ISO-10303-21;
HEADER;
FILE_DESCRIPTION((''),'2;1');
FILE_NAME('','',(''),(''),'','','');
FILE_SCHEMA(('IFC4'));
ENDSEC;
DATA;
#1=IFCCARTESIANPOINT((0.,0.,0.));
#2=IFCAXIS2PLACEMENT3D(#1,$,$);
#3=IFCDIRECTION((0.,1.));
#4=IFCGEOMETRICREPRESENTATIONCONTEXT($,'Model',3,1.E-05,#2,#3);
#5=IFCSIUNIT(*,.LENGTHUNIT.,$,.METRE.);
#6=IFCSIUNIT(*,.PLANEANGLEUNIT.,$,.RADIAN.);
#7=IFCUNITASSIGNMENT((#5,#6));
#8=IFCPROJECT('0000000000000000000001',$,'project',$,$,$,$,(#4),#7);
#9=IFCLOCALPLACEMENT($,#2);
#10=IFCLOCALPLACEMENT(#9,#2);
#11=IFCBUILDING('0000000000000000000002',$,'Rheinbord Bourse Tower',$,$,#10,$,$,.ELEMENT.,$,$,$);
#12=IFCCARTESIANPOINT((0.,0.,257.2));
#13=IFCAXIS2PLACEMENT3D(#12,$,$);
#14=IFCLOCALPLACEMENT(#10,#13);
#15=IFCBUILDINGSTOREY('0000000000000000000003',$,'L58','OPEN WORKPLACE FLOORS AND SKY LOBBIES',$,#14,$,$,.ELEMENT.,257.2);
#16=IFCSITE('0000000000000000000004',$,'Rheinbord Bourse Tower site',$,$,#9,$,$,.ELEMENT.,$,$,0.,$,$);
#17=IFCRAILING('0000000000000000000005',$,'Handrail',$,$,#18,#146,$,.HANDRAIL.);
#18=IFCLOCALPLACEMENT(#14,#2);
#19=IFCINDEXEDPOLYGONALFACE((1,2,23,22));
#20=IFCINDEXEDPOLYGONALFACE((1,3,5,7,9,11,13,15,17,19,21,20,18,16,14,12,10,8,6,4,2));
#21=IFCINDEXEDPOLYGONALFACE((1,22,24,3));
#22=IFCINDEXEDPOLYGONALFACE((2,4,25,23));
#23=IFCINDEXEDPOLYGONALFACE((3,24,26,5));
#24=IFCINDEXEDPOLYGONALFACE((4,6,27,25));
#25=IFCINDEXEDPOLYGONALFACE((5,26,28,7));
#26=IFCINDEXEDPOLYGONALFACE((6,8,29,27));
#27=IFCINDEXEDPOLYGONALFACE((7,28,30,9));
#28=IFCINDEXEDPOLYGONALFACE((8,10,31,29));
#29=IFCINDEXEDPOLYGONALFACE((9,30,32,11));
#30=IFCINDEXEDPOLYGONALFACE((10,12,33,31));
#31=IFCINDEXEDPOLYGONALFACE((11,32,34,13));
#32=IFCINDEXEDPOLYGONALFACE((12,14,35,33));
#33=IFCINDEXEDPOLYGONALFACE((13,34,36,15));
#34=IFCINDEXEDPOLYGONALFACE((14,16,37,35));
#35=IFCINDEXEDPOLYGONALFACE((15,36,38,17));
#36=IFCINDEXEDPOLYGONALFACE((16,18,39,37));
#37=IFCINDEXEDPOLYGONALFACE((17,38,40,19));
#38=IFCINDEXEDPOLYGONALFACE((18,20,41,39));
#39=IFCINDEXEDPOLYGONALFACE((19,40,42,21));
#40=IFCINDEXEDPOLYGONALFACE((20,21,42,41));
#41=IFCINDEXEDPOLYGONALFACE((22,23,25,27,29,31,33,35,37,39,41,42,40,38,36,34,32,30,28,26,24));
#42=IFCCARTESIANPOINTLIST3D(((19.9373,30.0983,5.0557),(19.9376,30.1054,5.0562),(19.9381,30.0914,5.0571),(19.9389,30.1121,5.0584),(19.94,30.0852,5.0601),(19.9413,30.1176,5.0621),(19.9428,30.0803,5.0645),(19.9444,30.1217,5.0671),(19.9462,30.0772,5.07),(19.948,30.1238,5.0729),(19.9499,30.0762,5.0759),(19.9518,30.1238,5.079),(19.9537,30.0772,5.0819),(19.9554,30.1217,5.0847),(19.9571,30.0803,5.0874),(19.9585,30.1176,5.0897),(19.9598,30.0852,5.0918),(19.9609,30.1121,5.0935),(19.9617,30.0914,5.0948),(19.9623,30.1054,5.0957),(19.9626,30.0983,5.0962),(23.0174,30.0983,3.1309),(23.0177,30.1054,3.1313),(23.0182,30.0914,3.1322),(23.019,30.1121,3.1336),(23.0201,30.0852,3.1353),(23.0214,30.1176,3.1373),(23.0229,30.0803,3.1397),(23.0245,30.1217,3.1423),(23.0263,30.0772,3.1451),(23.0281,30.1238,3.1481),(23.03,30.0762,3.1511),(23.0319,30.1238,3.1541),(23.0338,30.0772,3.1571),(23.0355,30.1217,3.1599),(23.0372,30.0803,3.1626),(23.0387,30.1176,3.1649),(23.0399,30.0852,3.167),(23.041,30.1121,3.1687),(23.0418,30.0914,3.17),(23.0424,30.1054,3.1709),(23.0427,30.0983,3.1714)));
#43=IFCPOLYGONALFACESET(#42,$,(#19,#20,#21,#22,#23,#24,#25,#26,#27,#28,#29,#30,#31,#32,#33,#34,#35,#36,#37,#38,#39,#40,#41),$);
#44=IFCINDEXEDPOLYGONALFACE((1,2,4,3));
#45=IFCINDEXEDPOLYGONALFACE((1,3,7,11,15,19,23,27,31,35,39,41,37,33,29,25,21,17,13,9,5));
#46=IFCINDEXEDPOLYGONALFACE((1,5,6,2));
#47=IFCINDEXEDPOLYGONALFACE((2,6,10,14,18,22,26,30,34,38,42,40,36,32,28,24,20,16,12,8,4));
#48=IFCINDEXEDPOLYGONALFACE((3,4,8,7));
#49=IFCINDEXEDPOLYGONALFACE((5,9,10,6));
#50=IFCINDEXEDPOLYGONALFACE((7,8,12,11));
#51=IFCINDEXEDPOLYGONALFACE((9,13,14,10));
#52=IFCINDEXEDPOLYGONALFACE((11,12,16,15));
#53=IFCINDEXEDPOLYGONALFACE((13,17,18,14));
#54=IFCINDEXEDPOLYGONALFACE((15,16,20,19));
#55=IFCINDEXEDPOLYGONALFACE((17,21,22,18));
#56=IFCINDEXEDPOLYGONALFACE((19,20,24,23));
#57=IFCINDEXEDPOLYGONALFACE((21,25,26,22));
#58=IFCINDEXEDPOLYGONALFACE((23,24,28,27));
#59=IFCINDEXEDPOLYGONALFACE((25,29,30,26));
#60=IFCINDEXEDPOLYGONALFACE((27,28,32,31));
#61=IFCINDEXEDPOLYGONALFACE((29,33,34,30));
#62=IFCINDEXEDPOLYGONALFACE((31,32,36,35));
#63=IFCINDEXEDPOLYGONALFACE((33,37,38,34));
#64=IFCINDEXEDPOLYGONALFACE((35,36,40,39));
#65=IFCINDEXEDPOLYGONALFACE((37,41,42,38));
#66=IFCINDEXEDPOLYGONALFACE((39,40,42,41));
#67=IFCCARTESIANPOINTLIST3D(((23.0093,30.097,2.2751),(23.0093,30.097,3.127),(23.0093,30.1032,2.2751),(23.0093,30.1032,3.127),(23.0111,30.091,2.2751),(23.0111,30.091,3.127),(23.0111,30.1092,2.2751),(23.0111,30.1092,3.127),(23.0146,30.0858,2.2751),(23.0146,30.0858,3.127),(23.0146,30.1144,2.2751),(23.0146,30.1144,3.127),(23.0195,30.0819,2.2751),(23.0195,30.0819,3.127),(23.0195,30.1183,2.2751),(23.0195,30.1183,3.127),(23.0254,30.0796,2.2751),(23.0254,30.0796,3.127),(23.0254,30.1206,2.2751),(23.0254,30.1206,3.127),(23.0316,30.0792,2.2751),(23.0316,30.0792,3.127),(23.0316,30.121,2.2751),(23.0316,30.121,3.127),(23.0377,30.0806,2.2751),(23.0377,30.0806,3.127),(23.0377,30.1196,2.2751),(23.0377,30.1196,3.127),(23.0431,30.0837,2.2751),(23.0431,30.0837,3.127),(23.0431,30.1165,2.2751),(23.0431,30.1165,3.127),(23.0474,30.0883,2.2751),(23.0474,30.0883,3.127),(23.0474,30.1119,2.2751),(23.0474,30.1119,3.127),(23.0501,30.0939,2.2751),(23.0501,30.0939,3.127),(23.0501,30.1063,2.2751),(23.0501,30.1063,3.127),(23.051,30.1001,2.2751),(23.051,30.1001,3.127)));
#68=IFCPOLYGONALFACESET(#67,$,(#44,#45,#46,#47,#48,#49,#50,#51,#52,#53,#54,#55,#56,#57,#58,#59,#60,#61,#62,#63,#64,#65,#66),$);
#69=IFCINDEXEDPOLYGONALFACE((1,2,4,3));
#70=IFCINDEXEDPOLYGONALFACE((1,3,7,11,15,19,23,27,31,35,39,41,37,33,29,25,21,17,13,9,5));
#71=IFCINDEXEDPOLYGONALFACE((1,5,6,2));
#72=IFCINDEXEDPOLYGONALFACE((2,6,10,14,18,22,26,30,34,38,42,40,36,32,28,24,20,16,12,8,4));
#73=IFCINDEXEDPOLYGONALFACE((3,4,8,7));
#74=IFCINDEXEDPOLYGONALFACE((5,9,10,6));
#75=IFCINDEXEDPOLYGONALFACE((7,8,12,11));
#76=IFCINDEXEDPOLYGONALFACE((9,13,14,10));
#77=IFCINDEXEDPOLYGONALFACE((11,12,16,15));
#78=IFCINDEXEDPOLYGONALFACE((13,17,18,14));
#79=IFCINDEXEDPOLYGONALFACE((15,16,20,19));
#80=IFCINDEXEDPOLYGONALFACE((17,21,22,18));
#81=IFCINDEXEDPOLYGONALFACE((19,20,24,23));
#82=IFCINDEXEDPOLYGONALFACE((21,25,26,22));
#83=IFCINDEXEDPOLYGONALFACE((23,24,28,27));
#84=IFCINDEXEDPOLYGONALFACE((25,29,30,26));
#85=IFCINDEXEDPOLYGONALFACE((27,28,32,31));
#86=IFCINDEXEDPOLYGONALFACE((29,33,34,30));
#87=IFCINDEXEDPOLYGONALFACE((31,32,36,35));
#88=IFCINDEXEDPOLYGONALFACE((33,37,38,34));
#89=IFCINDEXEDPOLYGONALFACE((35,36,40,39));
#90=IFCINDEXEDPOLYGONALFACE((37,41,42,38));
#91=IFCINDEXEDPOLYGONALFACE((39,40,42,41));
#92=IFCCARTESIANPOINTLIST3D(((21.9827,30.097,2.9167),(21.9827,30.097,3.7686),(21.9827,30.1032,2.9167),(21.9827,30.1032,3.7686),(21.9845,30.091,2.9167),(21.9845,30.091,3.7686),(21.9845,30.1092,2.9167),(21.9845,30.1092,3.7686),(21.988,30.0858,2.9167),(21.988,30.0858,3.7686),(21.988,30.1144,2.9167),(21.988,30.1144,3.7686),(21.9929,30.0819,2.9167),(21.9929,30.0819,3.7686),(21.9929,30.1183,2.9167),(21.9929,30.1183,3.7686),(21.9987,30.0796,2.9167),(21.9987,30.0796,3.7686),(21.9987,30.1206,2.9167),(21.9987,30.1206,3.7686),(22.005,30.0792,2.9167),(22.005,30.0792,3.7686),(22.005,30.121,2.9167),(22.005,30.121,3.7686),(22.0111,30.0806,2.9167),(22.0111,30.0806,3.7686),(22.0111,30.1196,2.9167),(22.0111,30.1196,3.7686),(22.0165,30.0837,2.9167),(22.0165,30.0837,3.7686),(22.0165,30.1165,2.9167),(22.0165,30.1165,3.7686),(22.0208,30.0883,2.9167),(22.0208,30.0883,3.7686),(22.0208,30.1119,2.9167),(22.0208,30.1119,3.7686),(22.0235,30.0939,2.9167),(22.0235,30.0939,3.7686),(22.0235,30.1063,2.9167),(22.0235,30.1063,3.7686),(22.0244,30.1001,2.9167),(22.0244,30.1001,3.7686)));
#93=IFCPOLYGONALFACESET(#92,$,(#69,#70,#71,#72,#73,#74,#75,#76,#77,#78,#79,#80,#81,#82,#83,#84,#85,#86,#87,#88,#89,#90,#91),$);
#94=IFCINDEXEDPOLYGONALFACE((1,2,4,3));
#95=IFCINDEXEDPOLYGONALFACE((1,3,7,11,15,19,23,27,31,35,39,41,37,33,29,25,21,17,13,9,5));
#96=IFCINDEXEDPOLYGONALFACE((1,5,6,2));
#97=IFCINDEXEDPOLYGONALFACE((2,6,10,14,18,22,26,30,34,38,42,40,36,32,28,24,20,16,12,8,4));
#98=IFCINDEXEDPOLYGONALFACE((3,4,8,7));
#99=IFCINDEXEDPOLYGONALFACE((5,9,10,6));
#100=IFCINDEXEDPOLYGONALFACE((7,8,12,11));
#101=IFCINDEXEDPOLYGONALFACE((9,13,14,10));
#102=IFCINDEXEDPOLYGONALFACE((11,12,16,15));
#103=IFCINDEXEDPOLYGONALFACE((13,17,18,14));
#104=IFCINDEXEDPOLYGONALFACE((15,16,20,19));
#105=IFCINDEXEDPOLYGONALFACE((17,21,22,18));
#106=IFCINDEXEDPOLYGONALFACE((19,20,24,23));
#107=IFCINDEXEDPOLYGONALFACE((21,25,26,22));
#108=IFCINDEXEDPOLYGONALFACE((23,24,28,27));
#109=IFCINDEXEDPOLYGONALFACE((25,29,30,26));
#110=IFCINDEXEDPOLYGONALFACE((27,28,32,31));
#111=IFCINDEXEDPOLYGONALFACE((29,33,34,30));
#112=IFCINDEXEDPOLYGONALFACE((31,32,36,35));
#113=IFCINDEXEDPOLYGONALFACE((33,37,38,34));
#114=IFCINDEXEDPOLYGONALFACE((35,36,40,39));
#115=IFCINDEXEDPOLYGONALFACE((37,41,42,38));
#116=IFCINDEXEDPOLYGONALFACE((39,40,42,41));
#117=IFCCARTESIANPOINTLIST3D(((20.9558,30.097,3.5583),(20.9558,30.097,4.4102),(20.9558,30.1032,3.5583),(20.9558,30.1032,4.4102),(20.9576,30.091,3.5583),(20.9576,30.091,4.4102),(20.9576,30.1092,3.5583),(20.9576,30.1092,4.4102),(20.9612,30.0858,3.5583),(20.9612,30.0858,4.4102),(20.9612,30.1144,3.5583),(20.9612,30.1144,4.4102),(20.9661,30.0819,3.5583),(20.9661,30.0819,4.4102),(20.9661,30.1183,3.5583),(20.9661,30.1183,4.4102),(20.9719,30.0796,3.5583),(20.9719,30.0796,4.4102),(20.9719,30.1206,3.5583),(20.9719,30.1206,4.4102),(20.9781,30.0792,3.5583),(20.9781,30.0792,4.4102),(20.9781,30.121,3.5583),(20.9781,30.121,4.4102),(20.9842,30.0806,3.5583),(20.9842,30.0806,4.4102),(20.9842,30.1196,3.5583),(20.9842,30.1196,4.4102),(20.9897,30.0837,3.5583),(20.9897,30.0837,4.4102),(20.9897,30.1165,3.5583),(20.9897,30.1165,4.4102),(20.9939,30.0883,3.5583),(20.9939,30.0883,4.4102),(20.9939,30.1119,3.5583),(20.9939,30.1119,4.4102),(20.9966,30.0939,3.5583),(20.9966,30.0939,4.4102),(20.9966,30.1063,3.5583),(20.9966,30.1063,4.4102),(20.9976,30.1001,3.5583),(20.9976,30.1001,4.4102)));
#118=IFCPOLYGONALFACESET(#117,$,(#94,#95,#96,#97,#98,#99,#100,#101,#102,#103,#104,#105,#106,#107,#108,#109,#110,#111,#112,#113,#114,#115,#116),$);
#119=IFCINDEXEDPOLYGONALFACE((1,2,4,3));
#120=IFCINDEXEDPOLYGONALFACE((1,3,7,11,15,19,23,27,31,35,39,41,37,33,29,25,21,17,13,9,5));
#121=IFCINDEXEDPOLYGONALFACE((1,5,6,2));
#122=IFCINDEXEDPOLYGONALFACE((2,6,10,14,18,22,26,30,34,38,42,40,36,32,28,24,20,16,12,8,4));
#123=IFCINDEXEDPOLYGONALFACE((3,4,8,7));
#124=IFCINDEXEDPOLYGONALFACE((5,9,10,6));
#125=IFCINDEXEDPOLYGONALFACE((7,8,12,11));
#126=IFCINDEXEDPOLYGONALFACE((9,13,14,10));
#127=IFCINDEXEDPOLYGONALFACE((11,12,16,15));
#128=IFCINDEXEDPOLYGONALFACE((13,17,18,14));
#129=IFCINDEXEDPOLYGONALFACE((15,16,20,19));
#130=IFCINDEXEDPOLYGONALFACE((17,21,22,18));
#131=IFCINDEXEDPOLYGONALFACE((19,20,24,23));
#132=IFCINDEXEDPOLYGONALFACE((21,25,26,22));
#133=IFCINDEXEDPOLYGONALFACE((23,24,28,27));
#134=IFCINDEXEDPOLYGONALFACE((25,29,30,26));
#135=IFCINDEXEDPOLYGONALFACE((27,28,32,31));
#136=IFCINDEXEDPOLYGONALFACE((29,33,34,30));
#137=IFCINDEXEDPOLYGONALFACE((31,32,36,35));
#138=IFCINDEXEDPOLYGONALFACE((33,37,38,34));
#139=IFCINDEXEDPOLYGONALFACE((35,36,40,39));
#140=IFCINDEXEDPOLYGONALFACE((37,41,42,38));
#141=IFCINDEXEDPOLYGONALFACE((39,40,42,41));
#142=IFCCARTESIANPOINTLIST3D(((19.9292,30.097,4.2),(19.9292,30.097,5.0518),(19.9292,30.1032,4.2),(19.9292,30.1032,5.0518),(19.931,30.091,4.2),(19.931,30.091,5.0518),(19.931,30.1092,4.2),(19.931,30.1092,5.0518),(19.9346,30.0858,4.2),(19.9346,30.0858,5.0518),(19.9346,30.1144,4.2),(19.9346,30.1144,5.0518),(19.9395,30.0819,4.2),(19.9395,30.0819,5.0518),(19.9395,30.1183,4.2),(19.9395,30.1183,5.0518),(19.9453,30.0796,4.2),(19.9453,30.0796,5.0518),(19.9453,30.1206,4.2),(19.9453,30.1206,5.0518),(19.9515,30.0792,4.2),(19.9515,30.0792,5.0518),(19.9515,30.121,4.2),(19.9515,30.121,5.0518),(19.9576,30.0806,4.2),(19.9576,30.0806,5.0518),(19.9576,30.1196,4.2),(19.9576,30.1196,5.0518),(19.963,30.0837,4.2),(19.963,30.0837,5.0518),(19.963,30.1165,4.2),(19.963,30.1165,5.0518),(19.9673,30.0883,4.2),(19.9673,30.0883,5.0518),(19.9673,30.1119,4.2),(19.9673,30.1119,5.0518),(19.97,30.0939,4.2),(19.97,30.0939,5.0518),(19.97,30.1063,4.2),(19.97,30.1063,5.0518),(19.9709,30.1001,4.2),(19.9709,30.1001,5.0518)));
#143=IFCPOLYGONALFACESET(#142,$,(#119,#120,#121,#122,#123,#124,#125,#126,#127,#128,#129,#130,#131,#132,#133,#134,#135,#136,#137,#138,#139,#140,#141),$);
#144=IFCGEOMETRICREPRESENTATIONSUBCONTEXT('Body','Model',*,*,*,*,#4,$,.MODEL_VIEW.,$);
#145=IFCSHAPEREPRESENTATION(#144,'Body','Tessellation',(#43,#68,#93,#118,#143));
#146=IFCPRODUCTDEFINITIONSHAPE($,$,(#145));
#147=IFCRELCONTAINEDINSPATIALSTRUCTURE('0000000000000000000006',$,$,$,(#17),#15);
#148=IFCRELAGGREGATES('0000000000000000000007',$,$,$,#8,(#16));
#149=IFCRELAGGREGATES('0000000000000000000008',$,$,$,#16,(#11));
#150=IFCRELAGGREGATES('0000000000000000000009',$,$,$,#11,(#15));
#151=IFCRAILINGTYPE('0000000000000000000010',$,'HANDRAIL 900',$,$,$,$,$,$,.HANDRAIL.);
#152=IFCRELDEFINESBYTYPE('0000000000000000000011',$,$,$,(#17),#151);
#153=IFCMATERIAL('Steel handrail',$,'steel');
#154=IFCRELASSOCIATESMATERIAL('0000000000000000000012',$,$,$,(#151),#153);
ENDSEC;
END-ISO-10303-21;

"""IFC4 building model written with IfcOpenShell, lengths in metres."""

from ifc_helpers import new_model, si_unit, direction, frame, origin, origin_2d, place, context, subcontext, project, spatial, circle, extrude, material, type_object, element, save


model = new_model("IFC4")

# Units and contexts
model_context = context("Model", 3, precision=1e-05, world=origin(), true_north=direction((0.0, 1.0)))
body_context = subcontext(model_context, "Body", "Model", "MODEL_VIEW")
ifc_project = project(units=[si_unit("LENGTHUNIT", "METRE"), si_unit("PLANEANGLEUNIT", "RADIAN")], contexts=[model_context])

# Site, building, storey
site_placement = place(None, origin())
site = spatial("IfcSite", under=ifc_project, at=site_placement, Name="Rheinbord Bourse Tower site", CompositionType="ELEMENT", RefElevation=0.0)
building_placement = place(site_placement, origin())
building = spatial("IfcBuilding", under=site, at=building_placement, Name="Rheinbord Bourse Tower", CompositionType="ELEMENT")
storey_placement = place(building_placement, frame((0.0, 0.0, 257.2)))
storey = spatial("IfcBuildingStorey", under=building, at=storey_placement, Name="L58", Description="OPEN WORKPLACE FLOORS AND SKY LOBBIES", CompositionType="ELEMENT", Elevation=257.2)

# Railing
ifc_material_1 = material(Name="Steel handrail", Category="steel")
railing_type = type_object("IfcRailingType", Name="HANDRAIL 900", PredefinedType="HANDRAIL", material=ifc_material_1)
railing_1_placement = place(storey_placement, frame((23.03, 30.1001, 2.2751)))
element("IfcRailing", 1, at=railing_1_placement, inside=storey, type_object=railing_type, Name="Handrail", PredefinedType="HANDRAIL", context=body_context, shape_type="SweptSolid", body=[
    extrude(circle(Radius=0.0239, at=origin_2d()), frame((0.0, 0.0, 0.876), z_axis=(-0.848029, 0.0, 0.529951), x_axis=(0.0, -1.0, 0.0)), (0.0, 0.0, 1.0), 3.6321),
    extrude(circle(Radius=0.021, at=origin_2d()), origin(), (0.0, 0.0, 1.0), 0.8518),
    extrude(circle(Radius=0.021, at=origin_2d()), frame((-1.0266, 0.0, 0.6416)), (0.0, 0.0, 1.0), 0.8518),
    extrude(circle(Radius=0.021, at=origin_2d()), frame((-2.0535, 0.0, 1.2832)), (0.0, 0.0, 1.0), 0.8518),
    extrude(circle(Radius=0.021, at=origin_2d()), frame((-3.0801, 0.0, 1.9248)), (0.0, 0.0, 1.0), 0.8518),
])

save(model, "model.ifc")
